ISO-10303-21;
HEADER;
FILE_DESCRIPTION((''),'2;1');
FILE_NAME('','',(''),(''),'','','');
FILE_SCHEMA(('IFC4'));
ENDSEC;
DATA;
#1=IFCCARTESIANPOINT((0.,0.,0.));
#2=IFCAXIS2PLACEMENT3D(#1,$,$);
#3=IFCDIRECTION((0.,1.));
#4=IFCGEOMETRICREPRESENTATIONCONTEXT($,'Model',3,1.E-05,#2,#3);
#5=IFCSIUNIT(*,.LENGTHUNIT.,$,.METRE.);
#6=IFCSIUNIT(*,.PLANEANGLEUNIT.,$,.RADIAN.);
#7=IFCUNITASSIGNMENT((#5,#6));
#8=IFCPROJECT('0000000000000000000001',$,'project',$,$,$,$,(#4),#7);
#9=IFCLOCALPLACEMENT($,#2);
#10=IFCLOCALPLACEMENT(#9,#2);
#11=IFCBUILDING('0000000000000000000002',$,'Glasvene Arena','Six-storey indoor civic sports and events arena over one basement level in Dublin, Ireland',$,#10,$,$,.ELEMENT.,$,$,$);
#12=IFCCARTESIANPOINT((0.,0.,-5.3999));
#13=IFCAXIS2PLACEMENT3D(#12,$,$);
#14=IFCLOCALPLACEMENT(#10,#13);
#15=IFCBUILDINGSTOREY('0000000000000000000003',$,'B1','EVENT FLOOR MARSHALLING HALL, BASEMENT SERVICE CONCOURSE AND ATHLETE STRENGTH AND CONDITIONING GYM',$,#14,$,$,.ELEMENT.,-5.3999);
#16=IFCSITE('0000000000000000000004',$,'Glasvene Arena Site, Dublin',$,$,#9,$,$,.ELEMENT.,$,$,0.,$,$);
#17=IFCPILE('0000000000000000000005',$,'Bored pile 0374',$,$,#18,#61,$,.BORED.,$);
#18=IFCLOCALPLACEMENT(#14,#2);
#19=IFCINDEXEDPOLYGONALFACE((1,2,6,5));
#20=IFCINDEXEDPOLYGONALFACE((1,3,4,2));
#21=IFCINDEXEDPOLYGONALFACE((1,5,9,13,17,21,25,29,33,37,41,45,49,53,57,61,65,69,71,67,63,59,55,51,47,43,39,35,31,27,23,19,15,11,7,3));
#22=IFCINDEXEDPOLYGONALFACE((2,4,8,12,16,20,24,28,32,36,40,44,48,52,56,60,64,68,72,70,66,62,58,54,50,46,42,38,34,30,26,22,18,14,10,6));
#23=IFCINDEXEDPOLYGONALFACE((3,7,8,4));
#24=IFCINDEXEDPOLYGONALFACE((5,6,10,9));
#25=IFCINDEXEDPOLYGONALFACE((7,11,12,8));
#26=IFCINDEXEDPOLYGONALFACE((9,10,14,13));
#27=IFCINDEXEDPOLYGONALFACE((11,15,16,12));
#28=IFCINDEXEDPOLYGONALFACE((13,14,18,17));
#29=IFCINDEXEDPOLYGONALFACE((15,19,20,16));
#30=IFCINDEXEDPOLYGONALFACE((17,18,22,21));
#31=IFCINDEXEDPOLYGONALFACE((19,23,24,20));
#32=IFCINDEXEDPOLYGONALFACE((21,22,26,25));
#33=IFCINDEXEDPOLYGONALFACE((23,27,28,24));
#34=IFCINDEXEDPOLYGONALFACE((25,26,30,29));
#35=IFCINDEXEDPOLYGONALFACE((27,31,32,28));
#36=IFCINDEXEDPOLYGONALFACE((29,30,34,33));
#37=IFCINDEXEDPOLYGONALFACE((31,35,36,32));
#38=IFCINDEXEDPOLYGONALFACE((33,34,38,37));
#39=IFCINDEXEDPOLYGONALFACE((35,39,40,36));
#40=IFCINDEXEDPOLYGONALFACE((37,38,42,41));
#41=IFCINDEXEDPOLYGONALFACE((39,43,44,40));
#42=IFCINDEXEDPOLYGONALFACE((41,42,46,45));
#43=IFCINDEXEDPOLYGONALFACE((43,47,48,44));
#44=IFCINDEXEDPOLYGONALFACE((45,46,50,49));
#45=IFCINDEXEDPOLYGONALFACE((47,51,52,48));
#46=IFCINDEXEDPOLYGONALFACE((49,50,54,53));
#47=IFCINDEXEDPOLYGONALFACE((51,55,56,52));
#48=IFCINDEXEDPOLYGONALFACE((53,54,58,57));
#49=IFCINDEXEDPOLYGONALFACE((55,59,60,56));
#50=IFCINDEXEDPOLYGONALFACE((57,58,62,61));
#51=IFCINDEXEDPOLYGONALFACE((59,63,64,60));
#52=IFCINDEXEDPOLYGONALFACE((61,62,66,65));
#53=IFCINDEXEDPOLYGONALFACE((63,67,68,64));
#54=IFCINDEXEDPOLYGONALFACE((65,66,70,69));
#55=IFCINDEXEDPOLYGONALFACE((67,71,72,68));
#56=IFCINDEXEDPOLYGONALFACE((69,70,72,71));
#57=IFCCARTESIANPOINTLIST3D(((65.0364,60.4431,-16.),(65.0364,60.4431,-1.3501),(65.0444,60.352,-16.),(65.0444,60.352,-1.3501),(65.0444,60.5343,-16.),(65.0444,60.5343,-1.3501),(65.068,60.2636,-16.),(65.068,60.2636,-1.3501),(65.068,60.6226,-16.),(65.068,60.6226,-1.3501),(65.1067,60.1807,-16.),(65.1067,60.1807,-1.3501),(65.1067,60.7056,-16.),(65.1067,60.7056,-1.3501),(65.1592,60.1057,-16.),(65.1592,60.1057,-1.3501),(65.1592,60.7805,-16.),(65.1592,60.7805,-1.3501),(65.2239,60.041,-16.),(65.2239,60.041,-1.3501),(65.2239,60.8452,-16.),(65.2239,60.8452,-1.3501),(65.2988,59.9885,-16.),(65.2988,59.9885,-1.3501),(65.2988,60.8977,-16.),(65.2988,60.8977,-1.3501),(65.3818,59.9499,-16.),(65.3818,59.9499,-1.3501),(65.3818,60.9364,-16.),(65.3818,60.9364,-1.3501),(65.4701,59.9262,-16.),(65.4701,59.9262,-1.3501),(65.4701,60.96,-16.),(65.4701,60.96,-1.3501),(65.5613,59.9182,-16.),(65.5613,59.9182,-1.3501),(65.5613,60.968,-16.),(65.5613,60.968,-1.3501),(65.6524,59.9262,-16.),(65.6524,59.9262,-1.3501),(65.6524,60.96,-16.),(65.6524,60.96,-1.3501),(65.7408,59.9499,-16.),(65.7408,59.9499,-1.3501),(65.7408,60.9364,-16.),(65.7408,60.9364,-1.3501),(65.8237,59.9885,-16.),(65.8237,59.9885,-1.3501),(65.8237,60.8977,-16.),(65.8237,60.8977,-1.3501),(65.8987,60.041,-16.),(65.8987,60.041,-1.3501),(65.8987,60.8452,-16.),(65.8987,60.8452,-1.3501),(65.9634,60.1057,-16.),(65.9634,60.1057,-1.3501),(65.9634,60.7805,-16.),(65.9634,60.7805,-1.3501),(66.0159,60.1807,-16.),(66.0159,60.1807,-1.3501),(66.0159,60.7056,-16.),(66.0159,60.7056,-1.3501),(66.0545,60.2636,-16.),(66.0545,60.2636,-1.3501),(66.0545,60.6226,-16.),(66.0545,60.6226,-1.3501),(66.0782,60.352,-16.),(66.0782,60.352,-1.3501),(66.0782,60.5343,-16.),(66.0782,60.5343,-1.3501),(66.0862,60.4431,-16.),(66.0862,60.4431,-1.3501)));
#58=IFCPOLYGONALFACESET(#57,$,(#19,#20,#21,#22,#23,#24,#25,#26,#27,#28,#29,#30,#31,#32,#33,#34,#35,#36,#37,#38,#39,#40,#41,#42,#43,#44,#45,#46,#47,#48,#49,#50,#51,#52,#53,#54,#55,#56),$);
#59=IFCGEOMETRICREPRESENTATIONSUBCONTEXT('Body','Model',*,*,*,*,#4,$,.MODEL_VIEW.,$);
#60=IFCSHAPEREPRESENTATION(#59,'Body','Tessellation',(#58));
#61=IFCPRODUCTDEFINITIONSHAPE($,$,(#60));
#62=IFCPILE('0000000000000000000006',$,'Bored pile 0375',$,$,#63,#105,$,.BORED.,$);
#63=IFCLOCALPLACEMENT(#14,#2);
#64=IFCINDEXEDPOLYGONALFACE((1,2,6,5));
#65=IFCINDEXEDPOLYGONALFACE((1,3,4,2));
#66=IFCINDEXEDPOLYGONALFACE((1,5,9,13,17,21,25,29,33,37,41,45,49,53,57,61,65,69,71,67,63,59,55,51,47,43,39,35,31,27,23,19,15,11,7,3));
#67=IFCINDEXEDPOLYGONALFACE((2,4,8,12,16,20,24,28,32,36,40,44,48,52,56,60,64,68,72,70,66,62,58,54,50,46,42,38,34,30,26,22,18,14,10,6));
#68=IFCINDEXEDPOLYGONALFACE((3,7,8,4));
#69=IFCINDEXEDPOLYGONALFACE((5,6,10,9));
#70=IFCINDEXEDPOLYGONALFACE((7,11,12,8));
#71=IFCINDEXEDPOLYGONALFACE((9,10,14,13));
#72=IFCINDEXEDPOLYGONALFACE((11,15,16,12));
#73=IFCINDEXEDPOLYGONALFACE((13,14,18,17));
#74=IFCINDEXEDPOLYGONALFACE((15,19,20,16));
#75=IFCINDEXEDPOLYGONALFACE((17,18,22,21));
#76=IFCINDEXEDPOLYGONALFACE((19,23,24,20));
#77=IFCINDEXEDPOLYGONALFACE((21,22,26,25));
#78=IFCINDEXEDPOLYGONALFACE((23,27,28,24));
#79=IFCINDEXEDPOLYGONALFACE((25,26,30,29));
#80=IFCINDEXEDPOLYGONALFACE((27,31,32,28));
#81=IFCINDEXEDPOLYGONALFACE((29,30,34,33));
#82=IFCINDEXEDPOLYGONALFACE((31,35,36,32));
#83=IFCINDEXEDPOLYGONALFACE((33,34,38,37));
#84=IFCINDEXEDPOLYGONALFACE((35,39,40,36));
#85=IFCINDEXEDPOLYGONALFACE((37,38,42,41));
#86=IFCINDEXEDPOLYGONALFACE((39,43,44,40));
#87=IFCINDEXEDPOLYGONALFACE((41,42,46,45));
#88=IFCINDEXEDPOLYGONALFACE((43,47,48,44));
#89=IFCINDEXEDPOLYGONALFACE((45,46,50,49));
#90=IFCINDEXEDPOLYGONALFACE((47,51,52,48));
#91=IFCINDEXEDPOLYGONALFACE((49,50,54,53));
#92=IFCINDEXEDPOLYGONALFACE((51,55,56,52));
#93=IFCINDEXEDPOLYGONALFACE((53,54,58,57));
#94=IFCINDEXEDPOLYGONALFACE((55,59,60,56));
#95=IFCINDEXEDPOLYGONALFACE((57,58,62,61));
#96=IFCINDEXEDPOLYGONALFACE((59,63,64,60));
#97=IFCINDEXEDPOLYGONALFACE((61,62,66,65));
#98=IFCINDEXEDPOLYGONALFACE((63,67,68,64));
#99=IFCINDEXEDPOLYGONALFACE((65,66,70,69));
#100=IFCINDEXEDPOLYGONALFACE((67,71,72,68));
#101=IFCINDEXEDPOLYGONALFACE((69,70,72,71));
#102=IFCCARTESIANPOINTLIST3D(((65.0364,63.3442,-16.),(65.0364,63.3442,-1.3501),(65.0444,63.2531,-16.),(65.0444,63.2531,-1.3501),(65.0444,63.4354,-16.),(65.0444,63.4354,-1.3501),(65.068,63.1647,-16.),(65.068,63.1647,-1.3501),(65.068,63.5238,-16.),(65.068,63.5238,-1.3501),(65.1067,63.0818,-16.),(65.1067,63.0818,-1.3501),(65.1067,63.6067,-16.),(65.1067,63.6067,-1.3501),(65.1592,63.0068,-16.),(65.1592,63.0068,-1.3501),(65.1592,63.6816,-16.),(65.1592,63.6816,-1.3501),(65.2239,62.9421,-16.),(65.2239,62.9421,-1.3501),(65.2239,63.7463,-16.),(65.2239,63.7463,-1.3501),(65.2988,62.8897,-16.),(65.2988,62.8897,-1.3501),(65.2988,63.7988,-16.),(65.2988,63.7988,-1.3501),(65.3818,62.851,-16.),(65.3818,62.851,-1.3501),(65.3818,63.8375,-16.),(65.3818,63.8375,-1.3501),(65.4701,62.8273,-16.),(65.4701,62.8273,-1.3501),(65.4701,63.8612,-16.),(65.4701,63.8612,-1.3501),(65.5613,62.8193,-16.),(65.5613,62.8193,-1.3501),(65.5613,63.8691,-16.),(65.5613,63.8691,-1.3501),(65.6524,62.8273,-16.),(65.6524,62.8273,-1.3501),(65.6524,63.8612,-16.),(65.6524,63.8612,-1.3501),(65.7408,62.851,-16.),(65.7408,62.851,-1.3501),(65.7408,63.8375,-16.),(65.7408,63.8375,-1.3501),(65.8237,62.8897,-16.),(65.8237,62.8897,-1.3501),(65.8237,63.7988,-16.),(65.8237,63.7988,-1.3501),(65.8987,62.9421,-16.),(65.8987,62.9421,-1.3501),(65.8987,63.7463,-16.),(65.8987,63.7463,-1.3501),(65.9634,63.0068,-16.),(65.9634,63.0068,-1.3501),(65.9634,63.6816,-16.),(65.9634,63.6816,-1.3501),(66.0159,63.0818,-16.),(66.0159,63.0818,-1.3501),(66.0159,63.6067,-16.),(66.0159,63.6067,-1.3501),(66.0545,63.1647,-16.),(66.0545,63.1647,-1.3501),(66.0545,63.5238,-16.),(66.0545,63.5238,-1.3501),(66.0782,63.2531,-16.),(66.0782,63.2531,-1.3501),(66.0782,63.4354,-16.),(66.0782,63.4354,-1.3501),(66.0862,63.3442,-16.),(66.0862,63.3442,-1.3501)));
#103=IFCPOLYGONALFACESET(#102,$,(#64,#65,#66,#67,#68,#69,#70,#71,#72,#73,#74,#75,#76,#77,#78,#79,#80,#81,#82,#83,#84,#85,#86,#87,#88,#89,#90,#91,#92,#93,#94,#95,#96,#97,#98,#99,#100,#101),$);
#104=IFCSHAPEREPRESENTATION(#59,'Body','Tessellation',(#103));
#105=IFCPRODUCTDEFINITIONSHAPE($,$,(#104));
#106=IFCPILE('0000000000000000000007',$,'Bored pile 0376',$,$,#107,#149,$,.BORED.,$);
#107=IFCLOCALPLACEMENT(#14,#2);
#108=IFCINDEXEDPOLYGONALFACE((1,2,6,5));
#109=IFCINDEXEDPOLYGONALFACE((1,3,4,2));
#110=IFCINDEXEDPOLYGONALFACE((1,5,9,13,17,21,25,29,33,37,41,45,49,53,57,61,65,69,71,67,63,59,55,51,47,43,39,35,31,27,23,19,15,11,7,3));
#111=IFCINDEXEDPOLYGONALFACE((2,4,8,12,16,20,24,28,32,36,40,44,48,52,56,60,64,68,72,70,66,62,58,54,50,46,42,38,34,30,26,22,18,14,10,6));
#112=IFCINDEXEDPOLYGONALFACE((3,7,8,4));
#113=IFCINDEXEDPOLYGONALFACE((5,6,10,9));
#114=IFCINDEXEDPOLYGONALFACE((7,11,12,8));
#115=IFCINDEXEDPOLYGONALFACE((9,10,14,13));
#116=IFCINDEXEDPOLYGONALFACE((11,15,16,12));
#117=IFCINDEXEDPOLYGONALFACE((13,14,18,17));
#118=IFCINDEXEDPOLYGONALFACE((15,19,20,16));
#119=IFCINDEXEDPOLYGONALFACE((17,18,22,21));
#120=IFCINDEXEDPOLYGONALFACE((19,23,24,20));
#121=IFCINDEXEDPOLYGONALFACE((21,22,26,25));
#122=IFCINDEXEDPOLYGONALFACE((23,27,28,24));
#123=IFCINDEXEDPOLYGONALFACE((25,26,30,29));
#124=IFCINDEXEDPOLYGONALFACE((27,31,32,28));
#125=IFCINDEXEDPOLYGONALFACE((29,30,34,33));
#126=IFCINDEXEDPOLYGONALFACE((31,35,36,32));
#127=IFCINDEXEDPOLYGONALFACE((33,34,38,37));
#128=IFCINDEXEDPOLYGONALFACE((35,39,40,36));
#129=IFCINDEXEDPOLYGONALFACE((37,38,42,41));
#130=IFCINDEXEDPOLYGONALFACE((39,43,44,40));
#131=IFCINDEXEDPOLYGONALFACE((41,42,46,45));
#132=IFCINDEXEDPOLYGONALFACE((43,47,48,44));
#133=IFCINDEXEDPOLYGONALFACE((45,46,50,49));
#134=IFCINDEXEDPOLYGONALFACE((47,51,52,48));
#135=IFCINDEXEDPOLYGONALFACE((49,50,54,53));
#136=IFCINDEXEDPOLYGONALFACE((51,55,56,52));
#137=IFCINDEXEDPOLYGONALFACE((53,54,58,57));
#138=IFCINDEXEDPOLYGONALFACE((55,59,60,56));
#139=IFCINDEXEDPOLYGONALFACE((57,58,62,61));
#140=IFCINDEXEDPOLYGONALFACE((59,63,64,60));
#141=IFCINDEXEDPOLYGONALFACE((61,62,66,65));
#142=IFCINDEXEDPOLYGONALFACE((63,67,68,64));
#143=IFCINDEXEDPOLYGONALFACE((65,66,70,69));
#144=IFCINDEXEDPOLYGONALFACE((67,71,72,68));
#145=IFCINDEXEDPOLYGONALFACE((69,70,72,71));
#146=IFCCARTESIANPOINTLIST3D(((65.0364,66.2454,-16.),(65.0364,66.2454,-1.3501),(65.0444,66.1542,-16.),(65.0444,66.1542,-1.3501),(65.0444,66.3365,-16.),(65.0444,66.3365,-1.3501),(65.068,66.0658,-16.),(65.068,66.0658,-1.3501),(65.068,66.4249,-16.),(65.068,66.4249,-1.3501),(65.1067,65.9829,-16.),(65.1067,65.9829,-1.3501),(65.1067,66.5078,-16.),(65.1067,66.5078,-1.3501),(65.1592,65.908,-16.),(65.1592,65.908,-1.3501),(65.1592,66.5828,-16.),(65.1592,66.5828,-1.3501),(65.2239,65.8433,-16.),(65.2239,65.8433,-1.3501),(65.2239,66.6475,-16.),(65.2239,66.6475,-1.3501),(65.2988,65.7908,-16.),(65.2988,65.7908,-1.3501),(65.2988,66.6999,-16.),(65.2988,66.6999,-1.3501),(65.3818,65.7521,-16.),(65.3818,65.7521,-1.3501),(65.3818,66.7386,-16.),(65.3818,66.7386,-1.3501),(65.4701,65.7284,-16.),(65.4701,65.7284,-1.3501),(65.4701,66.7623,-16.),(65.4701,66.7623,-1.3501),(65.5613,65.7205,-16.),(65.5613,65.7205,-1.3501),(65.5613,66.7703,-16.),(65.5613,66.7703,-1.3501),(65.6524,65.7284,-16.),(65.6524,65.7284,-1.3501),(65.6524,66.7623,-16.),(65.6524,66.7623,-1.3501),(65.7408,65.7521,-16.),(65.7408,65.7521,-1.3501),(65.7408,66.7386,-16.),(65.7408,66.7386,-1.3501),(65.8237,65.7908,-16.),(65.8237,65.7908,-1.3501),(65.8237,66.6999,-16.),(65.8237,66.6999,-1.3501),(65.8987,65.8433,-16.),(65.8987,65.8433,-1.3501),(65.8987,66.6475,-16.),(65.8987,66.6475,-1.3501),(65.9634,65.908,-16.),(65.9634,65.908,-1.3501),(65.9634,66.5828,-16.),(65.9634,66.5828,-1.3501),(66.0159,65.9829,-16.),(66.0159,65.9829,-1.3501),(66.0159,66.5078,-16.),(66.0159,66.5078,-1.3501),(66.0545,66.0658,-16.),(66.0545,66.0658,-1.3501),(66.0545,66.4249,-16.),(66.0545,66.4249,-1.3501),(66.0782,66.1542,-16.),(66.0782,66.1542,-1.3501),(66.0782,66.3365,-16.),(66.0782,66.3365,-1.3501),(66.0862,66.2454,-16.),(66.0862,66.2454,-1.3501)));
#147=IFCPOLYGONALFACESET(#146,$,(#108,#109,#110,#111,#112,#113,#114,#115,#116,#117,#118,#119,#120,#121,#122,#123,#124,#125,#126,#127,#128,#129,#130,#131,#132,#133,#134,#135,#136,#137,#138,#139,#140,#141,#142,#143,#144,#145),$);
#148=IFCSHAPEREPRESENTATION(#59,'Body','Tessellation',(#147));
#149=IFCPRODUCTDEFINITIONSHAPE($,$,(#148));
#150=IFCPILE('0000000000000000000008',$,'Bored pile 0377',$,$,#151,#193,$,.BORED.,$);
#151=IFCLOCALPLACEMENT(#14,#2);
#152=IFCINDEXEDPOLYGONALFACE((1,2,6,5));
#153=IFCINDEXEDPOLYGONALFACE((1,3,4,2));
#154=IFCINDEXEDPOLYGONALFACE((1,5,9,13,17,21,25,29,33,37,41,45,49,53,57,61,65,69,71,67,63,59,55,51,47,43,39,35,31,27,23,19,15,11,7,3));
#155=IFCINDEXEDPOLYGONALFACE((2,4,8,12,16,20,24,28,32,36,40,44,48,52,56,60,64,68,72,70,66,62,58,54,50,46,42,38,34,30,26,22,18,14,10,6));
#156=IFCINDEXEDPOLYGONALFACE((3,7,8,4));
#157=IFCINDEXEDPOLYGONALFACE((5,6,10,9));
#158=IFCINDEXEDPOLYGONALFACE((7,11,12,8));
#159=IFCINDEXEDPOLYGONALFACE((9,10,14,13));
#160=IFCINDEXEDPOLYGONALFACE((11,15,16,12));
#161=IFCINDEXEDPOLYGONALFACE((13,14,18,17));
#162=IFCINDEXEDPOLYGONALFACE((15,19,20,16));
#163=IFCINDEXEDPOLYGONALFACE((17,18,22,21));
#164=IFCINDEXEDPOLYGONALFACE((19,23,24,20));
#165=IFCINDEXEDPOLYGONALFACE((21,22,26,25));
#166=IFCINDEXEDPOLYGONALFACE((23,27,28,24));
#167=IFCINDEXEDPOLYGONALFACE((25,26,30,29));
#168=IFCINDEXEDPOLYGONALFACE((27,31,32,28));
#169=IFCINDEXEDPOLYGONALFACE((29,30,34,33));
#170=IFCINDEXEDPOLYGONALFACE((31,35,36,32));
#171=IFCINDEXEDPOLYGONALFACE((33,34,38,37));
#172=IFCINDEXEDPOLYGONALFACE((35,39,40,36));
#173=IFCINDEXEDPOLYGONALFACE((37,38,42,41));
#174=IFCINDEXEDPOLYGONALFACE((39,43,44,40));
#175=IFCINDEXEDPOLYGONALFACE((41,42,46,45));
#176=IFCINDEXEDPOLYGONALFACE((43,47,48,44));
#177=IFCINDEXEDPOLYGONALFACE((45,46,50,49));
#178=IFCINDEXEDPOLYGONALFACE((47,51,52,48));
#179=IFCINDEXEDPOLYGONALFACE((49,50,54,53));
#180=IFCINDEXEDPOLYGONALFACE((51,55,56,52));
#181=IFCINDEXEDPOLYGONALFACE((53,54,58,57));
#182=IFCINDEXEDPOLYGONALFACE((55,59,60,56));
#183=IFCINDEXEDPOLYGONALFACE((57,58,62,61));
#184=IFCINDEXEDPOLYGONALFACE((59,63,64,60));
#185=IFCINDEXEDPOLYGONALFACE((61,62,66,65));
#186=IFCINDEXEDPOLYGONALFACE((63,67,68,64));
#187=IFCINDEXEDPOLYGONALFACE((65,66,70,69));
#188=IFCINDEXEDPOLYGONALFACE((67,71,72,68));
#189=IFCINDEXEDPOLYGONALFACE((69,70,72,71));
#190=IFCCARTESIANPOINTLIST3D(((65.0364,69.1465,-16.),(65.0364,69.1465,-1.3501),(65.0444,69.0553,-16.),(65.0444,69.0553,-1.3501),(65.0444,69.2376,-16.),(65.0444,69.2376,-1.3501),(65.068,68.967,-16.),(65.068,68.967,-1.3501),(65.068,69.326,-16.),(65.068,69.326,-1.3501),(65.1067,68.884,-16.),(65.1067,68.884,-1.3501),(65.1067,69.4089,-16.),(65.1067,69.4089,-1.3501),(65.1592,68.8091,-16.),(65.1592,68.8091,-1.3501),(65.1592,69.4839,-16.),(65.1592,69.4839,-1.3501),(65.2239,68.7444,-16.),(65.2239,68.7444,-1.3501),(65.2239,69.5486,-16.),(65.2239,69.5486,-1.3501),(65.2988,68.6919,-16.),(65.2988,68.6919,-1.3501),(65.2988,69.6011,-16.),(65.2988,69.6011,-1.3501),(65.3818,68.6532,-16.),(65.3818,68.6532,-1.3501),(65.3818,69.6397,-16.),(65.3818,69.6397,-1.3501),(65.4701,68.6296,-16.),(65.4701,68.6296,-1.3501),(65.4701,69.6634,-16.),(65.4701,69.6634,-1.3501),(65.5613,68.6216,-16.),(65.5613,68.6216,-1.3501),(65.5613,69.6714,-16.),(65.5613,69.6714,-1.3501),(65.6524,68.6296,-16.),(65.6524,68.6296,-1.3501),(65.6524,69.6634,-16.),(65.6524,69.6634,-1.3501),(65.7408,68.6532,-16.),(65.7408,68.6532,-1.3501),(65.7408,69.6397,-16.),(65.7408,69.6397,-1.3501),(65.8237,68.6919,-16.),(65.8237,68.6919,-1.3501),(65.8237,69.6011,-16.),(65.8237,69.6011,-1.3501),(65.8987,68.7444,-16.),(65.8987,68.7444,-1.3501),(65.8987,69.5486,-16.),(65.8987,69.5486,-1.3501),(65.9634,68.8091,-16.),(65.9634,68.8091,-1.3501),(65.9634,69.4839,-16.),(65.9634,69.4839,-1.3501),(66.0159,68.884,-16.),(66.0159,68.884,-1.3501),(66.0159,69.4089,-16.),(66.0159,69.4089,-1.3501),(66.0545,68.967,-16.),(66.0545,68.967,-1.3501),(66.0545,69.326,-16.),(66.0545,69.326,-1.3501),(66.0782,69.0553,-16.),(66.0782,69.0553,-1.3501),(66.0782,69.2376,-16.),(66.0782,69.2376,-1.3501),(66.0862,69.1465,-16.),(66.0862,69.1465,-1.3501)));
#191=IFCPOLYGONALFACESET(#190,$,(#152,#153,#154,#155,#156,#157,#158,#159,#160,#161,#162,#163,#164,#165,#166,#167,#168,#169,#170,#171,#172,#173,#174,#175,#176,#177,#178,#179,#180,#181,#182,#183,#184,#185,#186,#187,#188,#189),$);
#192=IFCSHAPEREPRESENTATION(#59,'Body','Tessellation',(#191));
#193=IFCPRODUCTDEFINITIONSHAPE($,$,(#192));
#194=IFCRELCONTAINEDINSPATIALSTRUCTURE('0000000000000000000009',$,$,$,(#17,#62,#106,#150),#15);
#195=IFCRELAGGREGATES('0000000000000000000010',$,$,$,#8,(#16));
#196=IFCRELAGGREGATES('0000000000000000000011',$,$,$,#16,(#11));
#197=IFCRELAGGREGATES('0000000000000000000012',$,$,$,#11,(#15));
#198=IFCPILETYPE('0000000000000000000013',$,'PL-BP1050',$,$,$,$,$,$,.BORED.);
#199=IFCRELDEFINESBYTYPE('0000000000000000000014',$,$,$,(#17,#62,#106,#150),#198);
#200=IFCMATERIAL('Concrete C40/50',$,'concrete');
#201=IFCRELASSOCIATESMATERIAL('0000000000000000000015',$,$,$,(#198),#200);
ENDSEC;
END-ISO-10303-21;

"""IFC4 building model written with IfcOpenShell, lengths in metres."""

from ifc_helpers import new_model, si_unit, direction, frame, origin, origin_2d, place, context, subcontext, project, spatial, circle, extrude, material, material_profile, profile_set, type_object, element, save


model = new_model("IFC4")

# Units and contexts
model_context = context("Model", 3, precision=1e-05, world=origin(), true_north=direction((0.0, 1.0)))
body_context = subcontext(model_context, "Body", "Model", "MODEL_VIEW")
ifc_project = project(units=[si_unit("LENGTHUNIT", "METRE"), si_unit("PLANEANGLEUNIT", "RADIAN")], contexts=[model_context])

# Site, building, storey
site_placement = place(None, origin())
site = spatial("IfcSite", under=ifc_project, at=site_placement, Name="Glasvene Arena Site, Dublin", CompositionType="ELEMENT", RefElevation=0.0)
building_placement = place(site_placement, origin())
building = spatial("IfcBuilding", under=site, at=building_placement, Name="Glasvene Arena", Description="Six-storey indoor civic sports and events arena over one basement level in Dublin, Ireland", CompositionType="ELEMENT")
storey_placement = place(building_placement, frame((0.0, 0.0, -5.3999)))
storey = spatial("IfcBuildingStorey", under=building, at=storey_placement, Name="B1", Description="EVENT FLOOR MARSHALLING HALL, BASEMENT SERVICE CONCOURSE AND ATHLETE STRENGTH AND CONDITIONING GYM", CompositionType="ELEMENT", Elevation=-5.3999)

# Piles
ifc_material_1 = material(Name="Concrete C40/50", Category="concrete")
ifc_material_profile_1 = material_profile(ifc_material_1, circle(Radius=0.5249, at=origin_2d()), Name="BORED PILE 1050")
ifc_profile_set_1 = profile_set([ifc_material_profile_1], Name="Concrete C40/50")
pile_type = type_object("IfcPileType", Name="PL-BP1050", PredefinedType="BORED", material=ifc_profile_set_1)
for number, where, z_axis, x_axis, name in (
    (1, (65.5613, 60.4431, -1.3501), (0.0, 0.0, -1.0), (1.0, 0.0, 0.0), "Bored pile 0374"),
    (2, (65.5613, 63.3442, -1.3501), (0.0, 0.0, -1.0), (1.0, 0.0, 0.0), "Bored pile 0375"),
    (3, (65.5613, 66.2454, -1.3501), (0.0, 0.0, -1.0), (1.0, 0.0, 0.0), "Bored pile 0376"),
    (4, (65.5613, 69.1465, -1.3501), (0.0, 0.0, -1.0), (1.0, 0.0, 0.0), "Bored pile 0377"),
):
    element("IfcPile", number, at=place(storey_placement, frame(where, z_axis=z_axis, x_axis=x_axis)), inside=storey, type_object=pile_type, Name=name, PredefinedType="BORED", context=body_context, shape_type="SweptSolid", body=[
        extrude(circle(Radius=0.5249, at=origin_2d()), origin(), (0.0, 0.0, 1.0), 14.6499),
    ])

save(model, "model.ifc")
